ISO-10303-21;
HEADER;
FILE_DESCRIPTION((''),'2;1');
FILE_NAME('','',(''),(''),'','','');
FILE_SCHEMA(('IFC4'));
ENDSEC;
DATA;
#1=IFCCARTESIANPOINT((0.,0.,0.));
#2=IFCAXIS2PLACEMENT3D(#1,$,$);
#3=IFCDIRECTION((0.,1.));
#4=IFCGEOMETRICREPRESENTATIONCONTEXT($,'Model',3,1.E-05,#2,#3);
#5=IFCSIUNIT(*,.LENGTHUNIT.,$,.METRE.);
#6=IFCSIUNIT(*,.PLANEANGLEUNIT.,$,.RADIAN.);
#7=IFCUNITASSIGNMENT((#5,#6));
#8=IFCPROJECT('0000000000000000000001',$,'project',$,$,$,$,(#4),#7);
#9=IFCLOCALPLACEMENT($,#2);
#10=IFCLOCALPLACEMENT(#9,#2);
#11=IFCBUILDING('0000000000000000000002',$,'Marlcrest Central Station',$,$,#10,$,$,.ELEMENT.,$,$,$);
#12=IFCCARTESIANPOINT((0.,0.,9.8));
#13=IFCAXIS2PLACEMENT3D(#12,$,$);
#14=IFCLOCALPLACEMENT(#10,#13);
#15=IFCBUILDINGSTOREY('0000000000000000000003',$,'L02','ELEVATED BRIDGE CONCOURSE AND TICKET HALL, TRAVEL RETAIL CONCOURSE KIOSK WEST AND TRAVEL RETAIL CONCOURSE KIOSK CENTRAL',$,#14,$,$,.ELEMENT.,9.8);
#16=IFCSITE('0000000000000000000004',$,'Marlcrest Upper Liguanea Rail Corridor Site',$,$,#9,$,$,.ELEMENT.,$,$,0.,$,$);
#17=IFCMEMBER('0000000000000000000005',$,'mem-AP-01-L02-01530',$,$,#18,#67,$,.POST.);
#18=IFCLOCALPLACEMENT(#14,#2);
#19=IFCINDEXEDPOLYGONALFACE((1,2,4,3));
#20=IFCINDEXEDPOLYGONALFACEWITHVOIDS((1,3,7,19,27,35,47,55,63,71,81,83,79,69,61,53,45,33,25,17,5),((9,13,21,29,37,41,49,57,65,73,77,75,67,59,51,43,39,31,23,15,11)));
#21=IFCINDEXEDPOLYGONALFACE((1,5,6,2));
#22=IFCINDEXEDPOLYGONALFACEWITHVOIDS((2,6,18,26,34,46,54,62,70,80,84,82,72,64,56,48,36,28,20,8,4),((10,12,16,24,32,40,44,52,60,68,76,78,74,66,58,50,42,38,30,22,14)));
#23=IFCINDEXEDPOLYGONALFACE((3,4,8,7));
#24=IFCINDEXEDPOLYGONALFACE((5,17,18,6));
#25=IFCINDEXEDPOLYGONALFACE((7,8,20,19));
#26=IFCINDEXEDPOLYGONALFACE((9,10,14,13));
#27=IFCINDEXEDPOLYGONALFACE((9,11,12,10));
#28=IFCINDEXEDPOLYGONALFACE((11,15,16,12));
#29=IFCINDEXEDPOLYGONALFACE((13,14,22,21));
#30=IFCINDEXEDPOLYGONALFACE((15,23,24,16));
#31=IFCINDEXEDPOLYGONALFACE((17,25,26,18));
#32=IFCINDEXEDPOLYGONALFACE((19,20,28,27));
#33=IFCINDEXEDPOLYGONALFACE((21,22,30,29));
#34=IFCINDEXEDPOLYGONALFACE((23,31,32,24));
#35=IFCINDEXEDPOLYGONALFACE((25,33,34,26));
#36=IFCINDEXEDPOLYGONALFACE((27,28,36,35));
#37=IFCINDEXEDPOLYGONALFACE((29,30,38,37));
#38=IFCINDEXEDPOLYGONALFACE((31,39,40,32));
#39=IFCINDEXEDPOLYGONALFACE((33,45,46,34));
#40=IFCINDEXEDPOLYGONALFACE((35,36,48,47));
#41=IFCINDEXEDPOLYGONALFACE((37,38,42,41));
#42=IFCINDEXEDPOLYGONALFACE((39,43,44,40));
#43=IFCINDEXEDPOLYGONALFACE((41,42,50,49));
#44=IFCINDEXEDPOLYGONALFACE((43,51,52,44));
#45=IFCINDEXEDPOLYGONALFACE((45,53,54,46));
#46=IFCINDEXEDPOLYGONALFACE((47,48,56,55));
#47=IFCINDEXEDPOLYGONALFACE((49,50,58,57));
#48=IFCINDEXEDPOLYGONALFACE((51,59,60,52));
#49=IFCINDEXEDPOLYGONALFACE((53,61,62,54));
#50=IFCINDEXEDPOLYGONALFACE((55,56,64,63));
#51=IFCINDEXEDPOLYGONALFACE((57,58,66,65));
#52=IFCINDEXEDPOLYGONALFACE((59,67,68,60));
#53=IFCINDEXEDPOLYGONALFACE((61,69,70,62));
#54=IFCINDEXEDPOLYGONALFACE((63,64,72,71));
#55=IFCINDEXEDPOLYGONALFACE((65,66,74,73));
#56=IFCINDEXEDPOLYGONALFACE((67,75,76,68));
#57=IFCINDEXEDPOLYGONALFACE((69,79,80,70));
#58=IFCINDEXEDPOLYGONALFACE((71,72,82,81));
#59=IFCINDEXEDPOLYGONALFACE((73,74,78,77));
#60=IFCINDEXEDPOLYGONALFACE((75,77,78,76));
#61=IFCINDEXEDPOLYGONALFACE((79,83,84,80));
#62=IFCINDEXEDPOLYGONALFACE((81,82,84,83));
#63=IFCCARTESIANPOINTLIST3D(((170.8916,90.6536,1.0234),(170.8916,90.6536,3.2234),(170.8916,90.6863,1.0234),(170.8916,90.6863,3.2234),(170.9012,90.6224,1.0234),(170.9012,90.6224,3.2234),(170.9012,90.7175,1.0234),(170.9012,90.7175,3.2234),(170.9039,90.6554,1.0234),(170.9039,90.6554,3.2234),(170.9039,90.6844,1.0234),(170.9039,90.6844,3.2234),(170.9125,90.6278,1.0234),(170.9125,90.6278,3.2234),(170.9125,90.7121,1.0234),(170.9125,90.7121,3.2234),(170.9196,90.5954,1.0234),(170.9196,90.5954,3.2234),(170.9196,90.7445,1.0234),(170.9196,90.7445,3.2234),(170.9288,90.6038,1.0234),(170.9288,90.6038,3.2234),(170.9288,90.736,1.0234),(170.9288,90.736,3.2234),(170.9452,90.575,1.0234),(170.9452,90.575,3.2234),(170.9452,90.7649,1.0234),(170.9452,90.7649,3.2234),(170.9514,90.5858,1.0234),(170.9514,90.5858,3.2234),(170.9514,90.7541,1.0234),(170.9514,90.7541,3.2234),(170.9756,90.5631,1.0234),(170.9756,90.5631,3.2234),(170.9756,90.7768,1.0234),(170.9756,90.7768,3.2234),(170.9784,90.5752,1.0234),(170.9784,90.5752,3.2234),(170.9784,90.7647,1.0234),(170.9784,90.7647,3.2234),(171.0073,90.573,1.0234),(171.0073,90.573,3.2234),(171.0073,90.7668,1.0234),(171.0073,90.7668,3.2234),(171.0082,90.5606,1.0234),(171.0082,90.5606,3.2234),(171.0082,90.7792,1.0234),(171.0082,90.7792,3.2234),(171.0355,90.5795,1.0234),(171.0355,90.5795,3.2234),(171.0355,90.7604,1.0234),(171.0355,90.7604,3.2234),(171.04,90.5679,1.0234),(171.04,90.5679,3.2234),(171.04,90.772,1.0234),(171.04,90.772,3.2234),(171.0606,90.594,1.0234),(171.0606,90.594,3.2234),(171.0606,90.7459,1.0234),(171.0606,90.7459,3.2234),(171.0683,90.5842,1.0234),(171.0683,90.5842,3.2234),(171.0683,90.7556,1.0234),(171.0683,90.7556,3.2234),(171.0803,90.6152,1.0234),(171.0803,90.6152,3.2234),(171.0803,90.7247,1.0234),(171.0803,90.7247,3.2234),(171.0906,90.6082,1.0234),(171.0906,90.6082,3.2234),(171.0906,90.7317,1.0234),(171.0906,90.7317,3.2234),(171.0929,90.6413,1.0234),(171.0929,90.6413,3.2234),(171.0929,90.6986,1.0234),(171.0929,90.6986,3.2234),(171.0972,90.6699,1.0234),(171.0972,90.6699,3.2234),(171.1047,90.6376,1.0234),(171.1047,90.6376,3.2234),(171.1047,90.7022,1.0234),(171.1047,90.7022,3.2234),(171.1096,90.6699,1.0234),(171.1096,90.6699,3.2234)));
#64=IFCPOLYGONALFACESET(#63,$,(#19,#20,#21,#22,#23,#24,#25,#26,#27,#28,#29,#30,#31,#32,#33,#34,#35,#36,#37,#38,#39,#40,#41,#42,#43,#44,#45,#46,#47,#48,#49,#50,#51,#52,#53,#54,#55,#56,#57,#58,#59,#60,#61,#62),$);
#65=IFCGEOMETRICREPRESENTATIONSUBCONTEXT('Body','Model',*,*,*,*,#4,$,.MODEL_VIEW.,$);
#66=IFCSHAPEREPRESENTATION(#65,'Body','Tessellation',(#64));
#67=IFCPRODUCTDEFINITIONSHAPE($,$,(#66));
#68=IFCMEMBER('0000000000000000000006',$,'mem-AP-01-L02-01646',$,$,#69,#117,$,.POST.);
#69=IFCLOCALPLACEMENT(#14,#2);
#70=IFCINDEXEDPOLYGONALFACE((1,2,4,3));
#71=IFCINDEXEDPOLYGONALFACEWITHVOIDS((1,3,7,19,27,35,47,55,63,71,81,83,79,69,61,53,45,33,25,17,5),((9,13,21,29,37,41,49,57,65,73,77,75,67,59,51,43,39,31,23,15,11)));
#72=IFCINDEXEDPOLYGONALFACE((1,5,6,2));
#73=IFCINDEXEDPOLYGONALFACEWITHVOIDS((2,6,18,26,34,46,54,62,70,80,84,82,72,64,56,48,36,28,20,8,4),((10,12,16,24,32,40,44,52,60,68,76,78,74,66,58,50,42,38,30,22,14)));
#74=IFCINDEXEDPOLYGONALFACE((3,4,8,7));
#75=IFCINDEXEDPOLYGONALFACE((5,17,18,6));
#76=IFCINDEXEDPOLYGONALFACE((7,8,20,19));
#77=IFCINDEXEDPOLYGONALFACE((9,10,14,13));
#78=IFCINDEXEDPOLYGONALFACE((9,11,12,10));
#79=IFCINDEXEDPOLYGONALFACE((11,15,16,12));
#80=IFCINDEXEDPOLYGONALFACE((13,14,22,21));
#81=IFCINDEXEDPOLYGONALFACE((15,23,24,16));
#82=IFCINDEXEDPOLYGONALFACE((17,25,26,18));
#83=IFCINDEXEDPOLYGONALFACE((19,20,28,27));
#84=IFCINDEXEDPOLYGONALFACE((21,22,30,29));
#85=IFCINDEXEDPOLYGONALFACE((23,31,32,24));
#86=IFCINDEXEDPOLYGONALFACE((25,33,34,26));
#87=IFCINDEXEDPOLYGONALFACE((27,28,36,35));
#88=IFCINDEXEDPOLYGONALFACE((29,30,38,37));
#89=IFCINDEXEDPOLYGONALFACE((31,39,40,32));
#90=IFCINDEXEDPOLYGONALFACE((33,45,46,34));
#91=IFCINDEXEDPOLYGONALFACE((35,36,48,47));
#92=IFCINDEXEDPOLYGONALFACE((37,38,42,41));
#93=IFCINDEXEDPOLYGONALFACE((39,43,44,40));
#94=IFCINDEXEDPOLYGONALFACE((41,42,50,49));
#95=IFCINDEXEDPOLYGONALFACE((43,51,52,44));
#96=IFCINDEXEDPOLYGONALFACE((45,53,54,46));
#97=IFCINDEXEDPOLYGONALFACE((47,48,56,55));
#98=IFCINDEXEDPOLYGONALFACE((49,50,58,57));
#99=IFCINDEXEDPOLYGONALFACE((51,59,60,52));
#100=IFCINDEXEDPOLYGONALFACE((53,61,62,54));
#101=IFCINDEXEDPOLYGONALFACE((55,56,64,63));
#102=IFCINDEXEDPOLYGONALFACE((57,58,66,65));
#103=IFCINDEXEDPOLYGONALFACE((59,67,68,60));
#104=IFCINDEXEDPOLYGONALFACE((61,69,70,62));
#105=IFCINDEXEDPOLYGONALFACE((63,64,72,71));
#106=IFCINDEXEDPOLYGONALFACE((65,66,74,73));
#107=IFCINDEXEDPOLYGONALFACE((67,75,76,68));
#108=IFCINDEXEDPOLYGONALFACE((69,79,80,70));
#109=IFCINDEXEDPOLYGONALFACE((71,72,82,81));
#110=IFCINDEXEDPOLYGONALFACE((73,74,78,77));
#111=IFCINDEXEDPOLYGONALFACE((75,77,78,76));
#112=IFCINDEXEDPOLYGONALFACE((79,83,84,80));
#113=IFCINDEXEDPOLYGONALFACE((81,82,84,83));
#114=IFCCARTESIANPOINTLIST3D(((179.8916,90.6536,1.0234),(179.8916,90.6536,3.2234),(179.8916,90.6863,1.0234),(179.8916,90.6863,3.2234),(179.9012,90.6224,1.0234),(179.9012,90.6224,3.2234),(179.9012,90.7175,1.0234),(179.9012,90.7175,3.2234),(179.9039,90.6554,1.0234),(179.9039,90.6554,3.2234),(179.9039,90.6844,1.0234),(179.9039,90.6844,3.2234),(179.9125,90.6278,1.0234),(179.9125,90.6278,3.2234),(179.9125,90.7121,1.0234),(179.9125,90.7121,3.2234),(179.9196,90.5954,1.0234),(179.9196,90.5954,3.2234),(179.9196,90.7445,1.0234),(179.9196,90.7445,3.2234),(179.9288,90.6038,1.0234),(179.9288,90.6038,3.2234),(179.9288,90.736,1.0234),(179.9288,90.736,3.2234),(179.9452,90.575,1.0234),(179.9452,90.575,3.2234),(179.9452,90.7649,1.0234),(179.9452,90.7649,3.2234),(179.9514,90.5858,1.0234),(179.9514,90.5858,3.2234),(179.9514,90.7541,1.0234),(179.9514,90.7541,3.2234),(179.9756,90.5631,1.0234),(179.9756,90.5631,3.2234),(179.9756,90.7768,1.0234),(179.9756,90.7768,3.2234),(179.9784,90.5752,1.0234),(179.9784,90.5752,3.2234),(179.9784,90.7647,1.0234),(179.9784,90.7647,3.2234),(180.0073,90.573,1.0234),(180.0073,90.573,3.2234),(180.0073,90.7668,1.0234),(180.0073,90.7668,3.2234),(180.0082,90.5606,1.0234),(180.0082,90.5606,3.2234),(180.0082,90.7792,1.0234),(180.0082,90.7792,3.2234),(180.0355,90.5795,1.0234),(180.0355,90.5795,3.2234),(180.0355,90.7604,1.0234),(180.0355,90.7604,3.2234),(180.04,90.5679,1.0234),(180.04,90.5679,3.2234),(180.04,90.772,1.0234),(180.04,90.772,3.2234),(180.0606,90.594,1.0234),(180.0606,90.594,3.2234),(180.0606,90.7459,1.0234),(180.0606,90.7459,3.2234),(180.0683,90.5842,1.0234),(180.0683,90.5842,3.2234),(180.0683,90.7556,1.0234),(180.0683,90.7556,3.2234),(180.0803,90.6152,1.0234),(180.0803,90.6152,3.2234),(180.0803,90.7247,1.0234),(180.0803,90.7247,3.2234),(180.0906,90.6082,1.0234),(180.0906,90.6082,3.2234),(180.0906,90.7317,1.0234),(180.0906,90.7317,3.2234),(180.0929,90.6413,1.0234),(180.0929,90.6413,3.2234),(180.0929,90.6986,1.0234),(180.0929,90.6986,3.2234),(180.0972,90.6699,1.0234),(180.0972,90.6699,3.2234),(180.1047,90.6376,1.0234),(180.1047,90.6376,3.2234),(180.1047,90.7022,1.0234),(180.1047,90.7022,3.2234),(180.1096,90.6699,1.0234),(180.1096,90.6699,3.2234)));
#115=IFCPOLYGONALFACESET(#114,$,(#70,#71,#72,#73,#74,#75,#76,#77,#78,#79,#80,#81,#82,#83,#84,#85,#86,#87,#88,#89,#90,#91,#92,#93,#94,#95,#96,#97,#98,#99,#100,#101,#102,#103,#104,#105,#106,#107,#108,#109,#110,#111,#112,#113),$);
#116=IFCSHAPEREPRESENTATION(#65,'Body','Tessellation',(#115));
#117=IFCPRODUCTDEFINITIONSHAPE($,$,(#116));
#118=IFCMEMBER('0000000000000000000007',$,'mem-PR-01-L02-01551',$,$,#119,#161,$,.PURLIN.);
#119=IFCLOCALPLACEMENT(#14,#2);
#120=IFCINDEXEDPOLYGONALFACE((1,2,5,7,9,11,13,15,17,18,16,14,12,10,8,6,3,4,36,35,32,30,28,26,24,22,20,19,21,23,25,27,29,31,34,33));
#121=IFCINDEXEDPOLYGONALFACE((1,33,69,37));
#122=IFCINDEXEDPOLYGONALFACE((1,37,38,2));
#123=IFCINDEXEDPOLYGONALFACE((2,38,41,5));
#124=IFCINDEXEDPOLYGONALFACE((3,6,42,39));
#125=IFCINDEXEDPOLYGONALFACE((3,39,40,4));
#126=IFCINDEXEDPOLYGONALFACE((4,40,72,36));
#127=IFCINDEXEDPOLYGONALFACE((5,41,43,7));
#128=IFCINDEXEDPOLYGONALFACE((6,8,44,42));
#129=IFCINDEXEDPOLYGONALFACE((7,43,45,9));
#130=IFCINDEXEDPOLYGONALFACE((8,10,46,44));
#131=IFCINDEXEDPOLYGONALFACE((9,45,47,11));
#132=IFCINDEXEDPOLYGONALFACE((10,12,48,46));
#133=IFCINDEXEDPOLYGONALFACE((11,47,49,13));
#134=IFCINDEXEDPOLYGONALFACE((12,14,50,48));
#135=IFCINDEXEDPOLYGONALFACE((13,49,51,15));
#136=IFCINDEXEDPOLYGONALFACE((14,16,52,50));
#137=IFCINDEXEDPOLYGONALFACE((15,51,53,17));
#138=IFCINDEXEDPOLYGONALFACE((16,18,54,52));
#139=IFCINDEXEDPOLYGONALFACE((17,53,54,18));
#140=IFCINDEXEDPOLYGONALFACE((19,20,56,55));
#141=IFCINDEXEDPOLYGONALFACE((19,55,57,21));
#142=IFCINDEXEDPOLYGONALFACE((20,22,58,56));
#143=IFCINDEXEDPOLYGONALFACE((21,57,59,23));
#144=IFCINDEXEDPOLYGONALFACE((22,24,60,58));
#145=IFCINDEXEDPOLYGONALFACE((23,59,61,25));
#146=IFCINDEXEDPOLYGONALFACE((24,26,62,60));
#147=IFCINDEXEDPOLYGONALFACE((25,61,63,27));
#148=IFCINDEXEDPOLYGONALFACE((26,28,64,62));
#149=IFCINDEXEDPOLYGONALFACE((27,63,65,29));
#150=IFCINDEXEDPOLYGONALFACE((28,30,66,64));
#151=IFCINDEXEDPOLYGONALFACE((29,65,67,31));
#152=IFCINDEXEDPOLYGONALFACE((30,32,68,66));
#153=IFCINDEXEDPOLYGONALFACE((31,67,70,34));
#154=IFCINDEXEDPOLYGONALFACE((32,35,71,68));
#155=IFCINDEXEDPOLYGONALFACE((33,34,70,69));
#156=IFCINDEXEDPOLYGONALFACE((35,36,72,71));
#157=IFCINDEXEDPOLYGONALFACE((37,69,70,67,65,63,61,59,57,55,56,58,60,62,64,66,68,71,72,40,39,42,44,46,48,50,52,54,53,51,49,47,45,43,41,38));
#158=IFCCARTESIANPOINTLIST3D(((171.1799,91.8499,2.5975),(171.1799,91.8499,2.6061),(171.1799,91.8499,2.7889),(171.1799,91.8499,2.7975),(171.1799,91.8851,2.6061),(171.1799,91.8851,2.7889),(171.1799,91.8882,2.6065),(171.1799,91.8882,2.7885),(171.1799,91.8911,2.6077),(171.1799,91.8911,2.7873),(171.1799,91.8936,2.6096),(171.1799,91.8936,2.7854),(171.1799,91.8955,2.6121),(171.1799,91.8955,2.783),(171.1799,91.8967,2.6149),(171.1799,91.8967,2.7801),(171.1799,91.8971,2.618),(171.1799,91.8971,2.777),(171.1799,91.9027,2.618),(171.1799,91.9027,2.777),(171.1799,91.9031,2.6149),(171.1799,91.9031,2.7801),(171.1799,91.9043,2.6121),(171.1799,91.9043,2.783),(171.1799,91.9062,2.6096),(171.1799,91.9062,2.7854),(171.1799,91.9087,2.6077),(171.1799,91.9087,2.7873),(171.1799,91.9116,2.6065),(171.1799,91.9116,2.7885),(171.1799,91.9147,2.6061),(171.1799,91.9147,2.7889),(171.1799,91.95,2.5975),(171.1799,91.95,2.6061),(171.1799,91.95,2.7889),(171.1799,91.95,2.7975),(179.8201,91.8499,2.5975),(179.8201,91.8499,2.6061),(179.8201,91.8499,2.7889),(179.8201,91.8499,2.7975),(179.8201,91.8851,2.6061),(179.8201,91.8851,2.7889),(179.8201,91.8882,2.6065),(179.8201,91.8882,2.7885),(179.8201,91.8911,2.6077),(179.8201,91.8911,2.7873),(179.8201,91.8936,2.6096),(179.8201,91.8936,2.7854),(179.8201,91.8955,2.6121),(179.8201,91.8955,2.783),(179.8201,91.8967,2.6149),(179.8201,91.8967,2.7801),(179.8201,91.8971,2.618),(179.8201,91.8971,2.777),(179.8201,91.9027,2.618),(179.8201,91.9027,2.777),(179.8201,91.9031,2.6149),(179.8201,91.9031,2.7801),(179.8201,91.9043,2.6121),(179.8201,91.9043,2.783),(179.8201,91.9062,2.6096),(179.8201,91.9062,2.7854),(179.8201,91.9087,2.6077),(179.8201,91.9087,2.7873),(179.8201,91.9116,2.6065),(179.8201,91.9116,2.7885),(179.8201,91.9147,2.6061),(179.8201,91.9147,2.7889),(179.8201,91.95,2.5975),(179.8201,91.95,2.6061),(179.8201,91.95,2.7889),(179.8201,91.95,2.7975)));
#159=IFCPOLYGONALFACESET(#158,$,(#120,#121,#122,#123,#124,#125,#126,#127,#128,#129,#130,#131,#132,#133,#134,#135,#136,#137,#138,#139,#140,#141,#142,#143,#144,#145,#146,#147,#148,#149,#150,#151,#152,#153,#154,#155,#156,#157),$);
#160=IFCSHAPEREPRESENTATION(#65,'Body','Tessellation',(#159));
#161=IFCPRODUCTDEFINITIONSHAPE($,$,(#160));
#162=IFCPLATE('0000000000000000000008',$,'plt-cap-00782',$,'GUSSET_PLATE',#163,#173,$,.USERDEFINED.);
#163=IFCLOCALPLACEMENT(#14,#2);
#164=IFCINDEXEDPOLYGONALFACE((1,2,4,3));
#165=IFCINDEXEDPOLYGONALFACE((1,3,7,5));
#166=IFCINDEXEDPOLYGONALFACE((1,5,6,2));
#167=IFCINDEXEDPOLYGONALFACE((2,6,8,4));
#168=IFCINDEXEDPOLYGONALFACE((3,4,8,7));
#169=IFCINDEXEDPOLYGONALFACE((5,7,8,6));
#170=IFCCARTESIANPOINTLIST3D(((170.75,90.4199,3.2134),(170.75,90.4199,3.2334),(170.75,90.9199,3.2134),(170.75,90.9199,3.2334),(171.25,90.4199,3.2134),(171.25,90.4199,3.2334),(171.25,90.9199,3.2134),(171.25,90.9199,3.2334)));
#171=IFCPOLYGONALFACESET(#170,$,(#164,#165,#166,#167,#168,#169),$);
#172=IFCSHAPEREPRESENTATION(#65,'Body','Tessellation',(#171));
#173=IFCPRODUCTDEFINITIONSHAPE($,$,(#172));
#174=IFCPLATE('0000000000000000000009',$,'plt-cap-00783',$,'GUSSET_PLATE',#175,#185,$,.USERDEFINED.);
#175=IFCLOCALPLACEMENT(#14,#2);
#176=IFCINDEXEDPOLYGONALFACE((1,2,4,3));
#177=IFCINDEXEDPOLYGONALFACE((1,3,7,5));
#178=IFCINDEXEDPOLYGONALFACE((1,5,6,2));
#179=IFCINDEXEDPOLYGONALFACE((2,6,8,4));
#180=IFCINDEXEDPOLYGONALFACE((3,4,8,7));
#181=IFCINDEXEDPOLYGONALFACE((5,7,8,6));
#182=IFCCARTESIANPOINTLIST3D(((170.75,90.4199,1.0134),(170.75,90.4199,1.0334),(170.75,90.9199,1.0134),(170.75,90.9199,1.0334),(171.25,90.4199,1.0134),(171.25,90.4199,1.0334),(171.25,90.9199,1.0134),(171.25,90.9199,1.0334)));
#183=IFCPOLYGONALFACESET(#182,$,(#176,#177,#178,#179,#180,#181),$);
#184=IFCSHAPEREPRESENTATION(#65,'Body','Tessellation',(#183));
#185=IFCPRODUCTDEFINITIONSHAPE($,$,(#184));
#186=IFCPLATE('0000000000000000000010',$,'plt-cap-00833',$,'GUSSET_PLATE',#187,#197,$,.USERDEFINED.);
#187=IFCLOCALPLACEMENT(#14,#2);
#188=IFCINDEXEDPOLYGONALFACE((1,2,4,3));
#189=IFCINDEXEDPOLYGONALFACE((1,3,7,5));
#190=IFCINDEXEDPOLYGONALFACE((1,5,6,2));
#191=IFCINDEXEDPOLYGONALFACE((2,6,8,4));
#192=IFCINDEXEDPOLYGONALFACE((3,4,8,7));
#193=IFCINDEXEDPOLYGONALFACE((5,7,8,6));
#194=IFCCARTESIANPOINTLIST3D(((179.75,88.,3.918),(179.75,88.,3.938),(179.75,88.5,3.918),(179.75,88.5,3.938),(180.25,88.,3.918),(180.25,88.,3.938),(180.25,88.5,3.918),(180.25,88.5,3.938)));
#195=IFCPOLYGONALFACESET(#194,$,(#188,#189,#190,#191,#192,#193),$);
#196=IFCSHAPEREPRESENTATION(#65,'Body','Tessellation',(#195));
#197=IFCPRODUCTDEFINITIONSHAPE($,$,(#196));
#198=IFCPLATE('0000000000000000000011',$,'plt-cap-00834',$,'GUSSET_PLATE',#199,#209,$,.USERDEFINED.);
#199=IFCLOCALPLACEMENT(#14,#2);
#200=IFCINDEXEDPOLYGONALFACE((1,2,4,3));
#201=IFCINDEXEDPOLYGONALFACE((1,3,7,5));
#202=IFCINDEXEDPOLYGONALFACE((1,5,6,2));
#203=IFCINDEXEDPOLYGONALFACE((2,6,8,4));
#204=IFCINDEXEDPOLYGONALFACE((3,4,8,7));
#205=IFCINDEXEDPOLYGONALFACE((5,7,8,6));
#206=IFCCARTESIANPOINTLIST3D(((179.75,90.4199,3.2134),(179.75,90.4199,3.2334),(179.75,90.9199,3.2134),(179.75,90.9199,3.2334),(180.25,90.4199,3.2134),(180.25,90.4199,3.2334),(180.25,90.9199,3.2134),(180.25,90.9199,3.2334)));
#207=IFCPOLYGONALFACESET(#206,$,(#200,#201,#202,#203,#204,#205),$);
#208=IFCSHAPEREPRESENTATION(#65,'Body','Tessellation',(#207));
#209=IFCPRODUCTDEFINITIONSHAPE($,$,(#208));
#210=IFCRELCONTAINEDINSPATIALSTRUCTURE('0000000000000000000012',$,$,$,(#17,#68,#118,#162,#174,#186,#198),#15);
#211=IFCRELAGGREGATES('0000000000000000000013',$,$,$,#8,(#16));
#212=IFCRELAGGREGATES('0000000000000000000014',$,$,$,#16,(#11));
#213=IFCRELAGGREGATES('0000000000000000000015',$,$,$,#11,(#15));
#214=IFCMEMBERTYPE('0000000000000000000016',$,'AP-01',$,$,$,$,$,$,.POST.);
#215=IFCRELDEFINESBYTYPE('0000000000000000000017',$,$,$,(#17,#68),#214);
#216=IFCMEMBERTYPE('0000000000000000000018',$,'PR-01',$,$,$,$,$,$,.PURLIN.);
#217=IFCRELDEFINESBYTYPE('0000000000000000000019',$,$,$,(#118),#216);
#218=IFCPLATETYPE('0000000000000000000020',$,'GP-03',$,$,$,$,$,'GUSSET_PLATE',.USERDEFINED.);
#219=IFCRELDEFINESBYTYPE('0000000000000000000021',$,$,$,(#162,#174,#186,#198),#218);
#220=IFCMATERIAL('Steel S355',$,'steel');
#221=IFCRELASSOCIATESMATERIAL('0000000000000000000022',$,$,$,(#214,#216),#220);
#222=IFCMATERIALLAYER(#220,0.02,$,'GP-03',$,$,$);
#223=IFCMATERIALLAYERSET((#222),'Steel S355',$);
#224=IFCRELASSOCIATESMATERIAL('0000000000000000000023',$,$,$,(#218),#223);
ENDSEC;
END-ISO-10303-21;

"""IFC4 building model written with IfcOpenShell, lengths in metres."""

from ifc_helpers import new_model, si_unit, direction, frame, origin, origin_2d, place, context, subcontext, project, spatial, rectangle, hollow_circle, i_section, extrude, material, layer, layer_set, material_profile, profile_set, type_object, element, save


model = new_model("IFC4")

# Units and contexts
model_context = context("Model", 3, precision=1e-05, world=origin(), true_north=direction((0.0, 1.0)))
body_context = subcontext(model_context, "Body", "Model", "MODEL_VIEW")
ifc_project = project(units=[si_unit("LENGTHUNIT", "METRE"), si_unit("PLANEANGLEUNIT", "RADIAN")], contexts=[model_context])

# Site, building, storey
site_placement = place(None, origin())
site = spatial("IfcSite", under=ifc_project, at=site_placement, Name="Marlcrest Upper Liguanea Rail Corridor Site", CompositionType="ELEMENT", RefElevation=0.0)
building_placement = place(site_placement, origin())
building = spatial("IfcBuilding", under=site, at=building_placement, Name="Marlcrest Central Station", CompositionType="ELEMENT")
storey_placement = place(building_placement, frame((0.0, 0.0, 9.8)))
storey = spatial("IfcBuildingStorey", under=building, at=storey_placement, Name="L02", Description="ELEVATED BRIDGE CONCOURSE AND TICKET HALL, TRAVEL RETAIL CONCOURSE KIOSK WEST AND TRAVEL RETAIL CONCOURSE KIOSK CENTRAL", CompositionType="ELEMENT", Elevation=9.8)

# Members
ifc_material_1 = material(Name="Steel S355", Category="steel")
ifc_material_profile_1 = material_profile(ifc_material_1, hollow_circle(Radius=0.1096, WallThickness=0.0125, at=origin_2d()), Name="CHS 219.1x12.5")
ifc_profile_set_1 = profile_set([ifc_material_profile_1], Name="Steel S355")
member_type_1 = type_object("IfcMemberType", Name="AP-01", PredefinedType="POST", material=ifc_profile_set_1)
for number, where, z_axis, x_axis, name in (
    (1, (171.0, 90.6699, 1.0234), (0.0, 0.0, 1.0), (1.0, 0.0, 0.0), "mem-AP-01-L02-01530"),
    (2, (180.0, 90.6699, 1.0234), (0.0, 0.0, 1.0), (1.0, 0.0, 0.0), "mem-AP-01-L02-01646"),
):
    element("IfcMember", number, at=place(storey_placement, frame(where, z_axis=z_axis, x_axis=x_axis)), inside=storey, type_object=member_type_1, Name=name, PredefinedType="POST", context=body_context, shape_type="SweptSolid", body=[
        extrude(hollow_circle(Radius=0.1096, WallThickness=0.0125, at=origin_2d()), origin(), (0.0, 0.0, 1.0), 2.2),
    ])
ifc_material_profile_2 = material_profile(ifc_material_1, i_section(OverallWidth=0.1001, OverallDepth=0.2, WebThickness=0.0056, FlangeThickness=0.0085, FilletRadius=0.012, at=origin_2d()), Name="IPE 200")
ifc_profile_set_2 = profile_set([ifc_material_profile_2], Name="Steel S355")
member_type_2 = type_object("IfcMemberType", Name="PR-01", PredefinedType="PURLIN", material=ifc_profile_set_2)
member_1_placement = place(storey_placement, frame((171.1799, 91.8999, 2.6975), z_axis=(1.0, 0.0, 0.0), x_axis=(0.0, 1.0, 0.0)))
element("IfcMember", 3, at=member_1_placement, inside=storey, type_object=member_type_2, Name="mem-PR-01-L02-01551", PredefinedType="PURLIN", context=body_context, shape_type="SweptSolid", body=[
    extrude(i_section(OverallWidth=0.1001, OverallDepth=0.2, WebThickness=0.0056, FlangeThickness=0.0085, FilletRadius=0.012, at=origin_2d()), origin(), (0.0, 0.0, 1.0), 8.6401),
])

# Plates
ifc_layer_1 = layer(ifc_material_1, 0.02, Name="GP-03")
ifc_layer_set_1 = layer_set([ifc_layer_1], Name="Steel S355")
plate_type = type_object("IfcPlateType", Name="GP-03", ElementType="GUSSET_PLATE", PredefinedType="USERDEFINED", material=ifc_layer_set_1)
for number, where, z_axis, x_axis, name in (
    (4, (171.0, 90.6699, 3.2134), (0.0, 0.0, 1.0), (1.0, 0.0, 0.0), "plt-cap-00782"),
    (5, (171.0, 90.6699, 1.0134), (0.0, 0.0, 1.0), (1.0, 0.0, 0.0), "plt-cap-00783"),
    (6, (180.0, 88.25, 3.918), (0.0, 0.0, 1.0), (1.0, 0.0, 0.0), "plt-cap-00833"),
    (7, (180.0, 90.6699, 3.2134), (0.0, 0.0, 1.0), (1.0, 0.0, 0.0), "plt-cap-00834"),
):
    element("IfcPlate", number, at=place(storey_placement, frame(where, z_axis=z_axis, x_axis=x_axis)), inside=storey, type_object=plate_type, Name=name, ObjectType="GUSSET_PLATE", PredefinedType="USERDEFINED", context=body_context, shape_type="SweptSolid", body=[
        extrude(rectangle(XDim=0.5, YDim=0.5, at=origin_2d()), origin(), (0.0, 0.0, 1.0), 0.02),
    ])

save(model, "model.ifc")
